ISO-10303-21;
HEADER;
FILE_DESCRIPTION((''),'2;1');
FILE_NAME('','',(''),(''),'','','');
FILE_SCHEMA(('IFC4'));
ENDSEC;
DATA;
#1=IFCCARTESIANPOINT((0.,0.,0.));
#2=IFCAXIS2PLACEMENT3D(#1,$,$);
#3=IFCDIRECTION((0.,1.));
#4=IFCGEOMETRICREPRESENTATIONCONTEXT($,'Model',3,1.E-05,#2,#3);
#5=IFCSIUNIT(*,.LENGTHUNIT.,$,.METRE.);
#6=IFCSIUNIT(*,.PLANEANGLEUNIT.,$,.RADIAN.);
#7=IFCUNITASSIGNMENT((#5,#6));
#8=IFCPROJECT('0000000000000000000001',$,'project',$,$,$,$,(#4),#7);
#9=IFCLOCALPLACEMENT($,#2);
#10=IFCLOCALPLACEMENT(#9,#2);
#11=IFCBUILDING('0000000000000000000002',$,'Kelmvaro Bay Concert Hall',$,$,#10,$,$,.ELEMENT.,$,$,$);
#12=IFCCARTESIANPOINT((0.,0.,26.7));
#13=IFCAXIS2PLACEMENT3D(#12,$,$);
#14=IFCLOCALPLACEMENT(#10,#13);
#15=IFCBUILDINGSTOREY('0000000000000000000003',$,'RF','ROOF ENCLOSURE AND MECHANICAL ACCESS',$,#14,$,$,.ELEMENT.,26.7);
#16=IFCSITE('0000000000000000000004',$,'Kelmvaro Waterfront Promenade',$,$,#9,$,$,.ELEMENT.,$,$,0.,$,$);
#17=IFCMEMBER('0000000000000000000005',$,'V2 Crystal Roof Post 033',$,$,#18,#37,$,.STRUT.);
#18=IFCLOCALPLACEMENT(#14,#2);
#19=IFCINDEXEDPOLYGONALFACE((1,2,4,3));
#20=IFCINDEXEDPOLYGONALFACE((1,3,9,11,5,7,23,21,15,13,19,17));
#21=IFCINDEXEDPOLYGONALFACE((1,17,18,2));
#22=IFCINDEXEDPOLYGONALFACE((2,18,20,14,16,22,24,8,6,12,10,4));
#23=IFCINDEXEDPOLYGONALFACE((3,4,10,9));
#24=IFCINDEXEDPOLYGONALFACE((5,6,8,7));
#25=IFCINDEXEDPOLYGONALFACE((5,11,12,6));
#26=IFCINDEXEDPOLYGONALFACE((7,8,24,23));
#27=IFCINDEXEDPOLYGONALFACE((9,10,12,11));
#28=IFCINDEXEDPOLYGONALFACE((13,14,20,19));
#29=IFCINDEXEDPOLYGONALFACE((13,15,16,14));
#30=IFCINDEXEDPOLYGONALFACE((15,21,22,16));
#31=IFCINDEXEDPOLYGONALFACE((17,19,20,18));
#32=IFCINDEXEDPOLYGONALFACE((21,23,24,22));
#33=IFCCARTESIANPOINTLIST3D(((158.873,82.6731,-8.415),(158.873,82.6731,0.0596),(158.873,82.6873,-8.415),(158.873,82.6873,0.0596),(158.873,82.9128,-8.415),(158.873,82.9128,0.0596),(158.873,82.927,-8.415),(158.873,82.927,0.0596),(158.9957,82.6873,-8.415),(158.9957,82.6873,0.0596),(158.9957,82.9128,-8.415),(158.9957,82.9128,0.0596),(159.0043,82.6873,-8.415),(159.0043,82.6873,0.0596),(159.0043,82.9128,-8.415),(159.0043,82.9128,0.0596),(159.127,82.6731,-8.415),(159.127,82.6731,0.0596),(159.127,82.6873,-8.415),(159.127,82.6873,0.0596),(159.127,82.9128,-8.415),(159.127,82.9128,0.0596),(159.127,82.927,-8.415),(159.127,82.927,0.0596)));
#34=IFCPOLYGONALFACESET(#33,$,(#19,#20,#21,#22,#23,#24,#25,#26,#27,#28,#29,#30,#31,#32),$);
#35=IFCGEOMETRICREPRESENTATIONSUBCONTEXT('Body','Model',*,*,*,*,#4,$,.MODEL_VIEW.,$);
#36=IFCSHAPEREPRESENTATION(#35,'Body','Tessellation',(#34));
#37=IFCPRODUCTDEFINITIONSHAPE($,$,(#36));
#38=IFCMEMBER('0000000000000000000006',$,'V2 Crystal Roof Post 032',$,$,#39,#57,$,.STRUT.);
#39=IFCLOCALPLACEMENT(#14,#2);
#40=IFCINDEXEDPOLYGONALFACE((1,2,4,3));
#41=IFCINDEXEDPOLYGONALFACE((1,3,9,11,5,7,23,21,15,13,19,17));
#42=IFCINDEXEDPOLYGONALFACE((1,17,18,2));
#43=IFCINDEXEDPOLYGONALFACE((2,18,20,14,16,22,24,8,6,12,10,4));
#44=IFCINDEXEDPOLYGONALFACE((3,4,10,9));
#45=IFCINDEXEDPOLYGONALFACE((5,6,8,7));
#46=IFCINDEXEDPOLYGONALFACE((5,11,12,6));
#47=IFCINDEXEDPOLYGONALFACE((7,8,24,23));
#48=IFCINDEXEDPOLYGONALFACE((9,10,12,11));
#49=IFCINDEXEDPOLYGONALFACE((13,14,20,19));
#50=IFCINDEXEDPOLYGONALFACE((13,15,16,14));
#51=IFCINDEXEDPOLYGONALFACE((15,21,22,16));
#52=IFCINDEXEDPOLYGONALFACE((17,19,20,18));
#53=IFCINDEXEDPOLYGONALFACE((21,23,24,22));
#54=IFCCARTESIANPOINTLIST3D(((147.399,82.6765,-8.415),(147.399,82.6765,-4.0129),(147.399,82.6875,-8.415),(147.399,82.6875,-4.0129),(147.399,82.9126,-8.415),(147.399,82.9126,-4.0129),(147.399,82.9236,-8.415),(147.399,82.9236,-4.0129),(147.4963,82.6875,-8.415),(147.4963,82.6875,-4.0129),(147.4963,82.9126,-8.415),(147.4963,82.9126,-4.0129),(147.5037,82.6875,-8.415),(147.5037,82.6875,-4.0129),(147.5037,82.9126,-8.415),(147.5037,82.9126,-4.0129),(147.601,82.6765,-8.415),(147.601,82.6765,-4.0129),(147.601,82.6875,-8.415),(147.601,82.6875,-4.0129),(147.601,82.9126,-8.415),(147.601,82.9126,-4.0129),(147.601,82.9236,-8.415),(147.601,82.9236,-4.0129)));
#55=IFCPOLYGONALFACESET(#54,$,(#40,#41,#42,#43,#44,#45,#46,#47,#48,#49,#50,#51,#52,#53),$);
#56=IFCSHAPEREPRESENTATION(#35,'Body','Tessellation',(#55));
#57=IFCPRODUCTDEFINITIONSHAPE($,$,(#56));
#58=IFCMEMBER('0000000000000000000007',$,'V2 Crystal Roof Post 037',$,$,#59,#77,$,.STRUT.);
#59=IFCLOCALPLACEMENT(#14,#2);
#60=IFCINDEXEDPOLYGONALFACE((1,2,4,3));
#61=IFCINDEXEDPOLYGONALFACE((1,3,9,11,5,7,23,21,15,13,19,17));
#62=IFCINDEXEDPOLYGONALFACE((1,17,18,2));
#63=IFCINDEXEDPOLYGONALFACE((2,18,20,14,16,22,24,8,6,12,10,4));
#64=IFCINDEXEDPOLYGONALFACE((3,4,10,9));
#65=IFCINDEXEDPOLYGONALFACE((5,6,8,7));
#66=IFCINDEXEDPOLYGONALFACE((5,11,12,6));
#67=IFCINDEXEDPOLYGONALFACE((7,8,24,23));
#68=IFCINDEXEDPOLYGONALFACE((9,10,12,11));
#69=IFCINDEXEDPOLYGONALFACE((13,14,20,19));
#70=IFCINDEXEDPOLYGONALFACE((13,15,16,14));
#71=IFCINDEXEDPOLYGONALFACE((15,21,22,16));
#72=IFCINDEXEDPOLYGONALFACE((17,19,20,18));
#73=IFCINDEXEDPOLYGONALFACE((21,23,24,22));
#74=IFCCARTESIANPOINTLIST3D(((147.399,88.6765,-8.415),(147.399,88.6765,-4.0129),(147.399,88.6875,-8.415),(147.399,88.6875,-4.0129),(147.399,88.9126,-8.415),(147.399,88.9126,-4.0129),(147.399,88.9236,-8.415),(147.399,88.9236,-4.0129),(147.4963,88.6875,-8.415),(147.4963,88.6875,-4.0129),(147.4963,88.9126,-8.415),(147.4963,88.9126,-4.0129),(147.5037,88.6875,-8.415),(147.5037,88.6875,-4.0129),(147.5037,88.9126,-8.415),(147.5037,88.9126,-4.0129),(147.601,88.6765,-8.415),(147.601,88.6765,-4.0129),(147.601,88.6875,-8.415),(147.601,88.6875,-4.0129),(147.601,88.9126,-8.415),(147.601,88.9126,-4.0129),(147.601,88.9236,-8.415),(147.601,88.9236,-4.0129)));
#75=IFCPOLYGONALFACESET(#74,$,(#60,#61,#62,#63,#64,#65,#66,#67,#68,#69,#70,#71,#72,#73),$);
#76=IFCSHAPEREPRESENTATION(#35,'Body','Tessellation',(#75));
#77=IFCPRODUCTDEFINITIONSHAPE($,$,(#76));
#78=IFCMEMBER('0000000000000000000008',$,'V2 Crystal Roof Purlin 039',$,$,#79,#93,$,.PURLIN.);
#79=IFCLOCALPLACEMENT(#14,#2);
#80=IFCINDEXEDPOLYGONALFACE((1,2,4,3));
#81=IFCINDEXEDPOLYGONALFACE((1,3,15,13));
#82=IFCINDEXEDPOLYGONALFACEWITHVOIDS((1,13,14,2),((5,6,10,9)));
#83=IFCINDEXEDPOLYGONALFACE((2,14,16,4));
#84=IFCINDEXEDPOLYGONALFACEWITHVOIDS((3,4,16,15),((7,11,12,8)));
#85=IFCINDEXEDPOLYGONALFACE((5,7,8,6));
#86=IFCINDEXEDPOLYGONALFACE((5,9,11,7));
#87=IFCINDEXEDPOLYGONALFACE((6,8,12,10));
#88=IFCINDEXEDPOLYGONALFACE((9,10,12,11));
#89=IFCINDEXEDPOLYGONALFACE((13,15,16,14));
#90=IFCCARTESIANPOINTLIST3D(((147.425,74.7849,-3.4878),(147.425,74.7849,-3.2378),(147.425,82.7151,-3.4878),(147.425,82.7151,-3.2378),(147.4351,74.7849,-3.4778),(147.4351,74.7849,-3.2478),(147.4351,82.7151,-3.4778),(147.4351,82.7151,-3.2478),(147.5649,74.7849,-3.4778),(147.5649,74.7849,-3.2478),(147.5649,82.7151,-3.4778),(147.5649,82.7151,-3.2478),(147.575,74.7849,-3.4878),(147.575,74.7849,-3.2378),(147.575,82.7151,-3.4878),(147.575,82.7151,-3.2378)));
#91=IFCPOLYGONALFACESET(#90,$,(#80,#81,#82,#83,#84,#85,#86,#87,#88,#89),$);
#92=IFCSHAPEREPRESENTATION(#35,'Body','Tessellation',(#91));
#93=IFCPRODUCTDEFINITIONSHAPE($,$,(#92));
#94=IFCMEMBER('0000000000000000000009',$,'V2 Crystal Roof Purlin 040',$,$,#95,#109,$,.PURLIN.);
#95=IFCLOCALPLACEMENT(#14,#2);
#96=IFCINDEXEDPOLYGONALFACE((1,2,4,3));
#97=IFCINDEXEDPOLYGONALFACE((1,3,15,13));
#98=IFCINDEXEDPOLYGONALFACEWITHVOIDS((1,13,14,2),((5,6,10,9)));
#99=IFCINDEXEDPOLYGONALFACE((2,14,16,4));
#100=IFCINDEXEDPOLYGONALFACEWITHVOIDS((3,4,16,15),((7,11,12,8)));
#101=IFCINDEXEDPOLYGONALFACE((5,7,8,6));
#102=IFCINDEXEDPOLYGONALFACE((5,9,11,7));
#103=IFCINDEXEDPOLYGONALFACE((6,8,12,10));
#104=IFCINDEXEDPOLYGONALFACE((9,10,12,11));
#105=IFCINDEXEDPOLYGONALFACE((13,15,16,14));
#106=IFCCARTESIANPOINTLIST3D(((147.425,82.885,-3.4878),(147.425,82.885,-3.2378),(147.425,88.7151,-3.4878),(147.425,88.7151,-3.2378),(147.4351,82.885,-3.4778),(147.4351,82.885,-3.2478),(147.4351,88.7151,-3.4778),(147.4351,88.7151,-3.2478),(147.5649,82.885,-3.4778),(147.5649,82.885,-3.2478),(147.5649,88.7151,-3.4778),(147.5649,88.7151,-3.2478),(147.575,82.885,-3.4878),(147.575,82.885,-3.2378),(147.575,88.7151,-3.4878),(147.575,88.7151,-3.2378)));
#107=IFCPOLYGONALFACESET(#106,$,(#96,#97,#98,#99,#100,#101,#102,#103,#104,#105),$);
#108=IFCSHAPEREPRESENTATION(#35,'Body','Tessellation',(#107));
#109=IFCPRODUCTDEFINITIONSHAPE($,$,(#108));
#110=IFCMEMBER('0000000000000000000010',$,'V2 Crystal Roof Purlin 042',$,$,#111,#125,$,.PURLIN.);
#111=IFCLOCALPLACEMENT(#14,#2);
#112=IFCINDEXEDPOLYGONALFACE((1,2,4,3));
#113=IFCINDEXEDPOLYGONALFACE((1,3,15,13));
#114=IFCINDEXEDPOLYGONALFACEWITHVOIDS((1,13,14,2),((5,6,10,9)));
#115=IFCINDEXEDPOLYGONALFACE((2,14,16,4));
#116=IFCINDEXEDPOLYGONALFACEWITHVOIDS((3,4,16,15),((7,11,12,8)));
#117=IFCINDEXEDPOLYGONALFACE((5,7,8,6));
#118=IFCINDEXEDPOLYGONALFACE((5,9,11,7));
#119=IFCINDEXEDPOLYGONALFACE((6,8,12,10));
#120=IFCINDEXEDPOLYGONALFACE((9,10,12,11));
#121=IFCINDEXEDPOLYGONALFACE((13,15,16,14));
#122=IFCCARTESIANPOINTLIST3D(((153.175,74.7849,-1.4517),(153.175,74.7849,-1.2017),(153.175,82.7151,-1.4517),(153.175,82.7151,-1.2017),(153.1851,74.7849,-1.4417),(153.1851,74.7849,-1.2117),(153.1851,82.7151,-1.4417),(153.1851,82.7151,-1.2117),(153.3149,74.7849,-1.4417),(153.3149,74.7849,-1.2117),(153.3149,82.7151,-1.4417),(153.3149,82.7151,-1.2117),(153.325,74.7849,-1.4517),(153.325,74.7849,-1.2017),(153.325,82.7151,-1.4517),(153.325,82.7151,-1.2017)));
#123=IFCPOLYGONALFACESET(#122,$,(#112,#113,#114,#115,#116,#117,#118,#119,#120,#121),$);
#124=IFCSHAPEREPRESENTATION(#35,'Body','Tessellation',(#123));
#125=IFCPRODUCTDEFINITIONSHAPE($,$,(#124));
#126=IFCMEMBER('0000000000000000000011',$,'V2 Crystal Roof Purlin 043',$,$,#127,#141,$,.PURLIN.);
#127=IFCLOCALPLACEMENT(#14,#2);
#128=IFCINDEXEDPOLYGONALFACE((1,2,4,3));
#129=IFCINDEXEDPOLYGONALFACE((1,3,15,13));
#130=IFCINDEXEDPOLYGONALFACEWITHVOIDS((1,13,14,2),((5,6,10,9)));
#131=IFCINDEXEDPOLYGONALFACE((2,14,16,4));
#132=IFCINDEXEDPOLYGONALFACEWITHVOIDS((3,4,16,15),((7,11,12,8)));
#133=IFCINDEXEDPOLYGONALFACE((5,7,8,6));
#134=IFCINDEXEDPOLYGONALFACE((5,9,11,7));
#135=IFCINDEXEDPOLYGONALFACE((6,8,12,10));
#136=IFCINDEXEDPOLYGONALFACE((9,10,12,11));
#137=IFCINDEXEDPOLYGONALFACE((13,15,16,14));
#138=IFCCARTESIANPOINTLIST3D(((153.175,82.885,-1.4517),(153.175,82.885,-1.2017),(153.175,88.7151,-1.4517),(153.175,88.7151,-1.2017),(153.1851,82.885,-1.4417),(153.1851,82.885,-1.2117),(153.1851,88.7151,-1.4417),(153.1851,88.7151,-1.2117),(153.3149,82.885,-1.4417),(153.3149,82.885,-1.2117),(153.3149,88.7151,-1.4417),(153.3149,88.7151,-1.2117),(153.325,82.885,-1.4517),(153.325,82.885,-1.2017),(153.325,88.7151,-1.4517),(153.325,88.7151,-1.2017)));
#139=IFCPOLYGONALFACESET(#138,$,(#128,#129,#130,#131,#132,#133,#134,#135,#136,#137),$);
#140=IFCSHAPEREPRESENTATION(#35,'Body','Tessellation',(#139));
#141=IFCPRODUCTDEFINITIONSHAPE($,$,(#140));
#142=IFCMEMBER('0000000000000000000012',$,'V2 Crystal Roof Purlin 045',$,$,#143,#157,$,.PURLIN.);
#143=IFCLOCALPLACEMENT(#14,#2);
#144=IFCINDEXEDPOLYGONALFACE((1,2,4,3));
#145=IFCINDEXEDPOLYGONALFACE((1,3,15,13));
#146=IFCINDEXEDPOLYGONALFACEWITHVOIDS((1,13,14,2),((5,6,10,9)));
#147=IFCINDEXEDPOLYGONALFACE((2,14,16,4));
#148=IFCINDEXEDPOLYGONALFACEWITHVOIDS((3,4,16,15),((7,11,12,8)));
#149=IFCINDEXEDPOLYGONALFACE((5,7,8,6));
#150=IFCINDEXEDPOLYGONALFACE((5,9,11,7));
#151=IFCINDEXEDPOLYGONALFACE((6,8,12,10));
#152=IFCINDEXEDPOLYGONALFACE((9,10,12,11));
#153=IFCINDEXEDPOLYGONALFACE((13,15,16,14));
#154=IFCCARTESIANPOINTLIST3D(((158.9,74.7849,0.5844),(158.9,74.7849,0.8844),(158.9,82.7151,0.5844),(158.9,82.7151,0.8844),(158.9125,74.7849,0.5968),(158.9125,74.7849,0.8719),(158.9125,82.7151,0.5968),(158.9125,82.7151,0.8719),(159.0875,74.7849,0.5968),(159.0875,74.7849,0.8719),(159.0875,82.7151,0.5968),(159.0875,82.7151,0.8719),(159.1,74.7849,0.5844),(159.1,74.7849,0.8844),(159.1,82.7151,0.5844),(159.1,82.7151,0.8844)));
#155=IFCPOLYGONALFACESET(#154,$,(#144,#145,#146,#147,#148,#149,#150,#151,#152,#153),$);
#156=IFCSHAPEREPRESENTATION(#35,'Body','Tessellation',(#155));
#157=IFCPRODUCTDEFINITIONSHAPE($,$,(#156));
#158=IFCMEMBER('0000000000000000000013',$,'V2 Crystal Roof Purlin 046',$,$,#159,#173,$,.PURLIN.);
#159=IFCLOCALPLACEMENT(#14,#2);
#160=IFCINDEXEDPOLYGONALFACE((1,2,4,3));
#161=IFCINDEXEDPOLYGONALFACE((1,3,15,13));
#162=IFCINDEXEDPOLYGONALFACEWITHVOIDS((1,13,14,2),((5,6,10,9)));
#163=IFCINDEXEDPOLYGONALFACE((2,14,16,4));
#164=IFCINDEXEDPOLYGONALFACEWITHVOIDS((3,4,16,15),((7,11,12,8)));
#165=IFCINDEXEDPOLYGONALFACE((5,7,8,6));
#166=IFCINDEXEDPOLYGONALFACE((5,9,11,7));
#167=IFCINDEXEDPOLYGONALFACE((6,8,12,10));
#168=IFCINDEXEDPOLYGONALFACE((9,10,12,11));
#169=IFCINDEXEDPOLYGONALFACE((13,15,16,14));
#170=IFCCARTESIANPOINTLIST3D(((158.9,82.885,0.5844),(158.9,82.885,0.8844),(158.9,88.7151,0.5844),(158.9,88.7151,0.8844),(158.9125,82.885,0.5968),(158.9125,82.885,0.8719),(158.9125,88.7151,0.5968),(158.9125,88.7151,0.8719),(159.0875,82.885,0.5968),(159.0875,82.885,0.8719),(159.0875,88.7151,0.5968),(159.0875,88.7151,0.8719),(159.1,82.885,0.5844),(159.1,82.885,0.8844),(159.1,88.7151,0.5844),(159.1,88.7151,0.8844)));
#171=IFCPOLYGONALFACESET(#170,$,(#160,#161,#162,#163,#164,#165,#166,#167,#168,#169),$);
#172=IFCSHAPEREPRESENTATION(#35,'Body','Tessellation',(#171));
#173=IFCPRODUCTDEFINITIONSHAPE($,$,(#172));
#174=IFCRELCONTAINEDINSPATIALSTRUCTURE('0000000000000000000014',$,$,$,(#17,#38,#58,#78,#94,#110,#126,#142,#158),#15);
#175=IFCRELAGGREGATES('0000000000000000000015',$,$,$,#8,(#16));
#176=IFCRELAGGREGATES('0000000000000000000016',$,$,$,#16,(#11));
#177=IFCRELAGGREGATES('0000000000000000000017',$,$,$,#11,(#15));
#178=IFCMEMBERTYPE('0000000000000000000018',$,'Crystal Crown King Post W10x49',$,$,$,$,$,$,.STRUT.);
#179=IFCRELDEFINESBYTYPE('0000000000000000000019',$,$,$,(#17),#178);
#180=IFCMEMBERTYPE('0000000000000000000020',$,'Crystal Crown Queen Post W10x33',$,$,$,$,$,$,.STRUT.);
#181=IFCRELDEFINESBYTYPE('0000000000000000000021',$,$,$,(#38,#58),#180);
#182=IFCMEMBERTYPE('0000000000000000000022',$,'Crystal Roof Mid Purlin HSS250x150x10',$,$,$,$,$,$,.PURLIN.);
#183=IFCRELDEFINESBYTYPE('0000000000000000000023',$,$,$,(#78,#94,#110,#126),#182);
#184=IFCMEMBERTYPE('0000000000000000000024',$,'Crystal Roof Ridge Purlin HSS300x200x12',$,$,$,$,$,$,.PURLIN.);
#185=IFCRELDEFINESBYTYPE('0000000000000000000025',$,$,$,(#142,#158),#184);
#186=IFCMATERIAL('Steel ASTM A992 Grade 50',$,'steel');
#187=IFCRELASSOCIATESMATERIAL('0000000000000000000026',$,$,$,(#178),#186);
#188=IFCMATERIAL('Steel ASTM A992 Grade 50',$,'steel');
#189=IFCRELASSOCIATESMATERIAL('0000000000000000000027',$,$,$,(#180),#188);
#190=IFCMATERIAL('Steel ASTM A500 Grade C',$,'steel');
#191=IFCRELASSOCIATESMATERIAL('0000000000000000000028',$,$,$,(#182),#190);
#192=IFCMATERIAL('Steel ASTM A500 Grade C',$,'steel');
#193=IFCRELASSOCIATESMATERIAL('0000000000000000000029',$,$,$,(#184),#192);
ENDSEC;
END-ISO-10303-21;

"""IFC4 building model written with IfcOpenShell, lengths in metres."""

from ifc_helpers import new_model, si_unit, direction, frame, origin, origin_2d, place, context, subcontext, project, spatial, hollow_rectangle, i_section, extrude, material, material_profile, profile_set, type_object, element, save


model = new_model("IFC4")

# Units and contexts
model_context = context("Model", 3, precision=1e-05, world=origin(), true_north=direction((0.0, 1.0)))
body_context = subcontext(model_context, "Body", "Model", "MODEL_VIEW")
ifc_project = project(units=[si_unit("LENGTHUNIT", "METRE"), si_unit("PLANEANGLEUNIT", "RADIAN")], contexts=[model_context])

# Site, building, storey
site_placement = place(None, origin())
site = spatial("IfcSite", under=ifc_project, at=site_placement, Name="Kelmvaro Waterfront Promenade", CompositionType="ELEMENT", RefElevation=0.0)
building_placement = place(site_placement, origin())
building = spatial("IfcBuilding", under=site, at=building_placement, Name="Kelmvaro Bay Concert Hall", CompositionType="ELEMENT")
storey_placement = place(building_placement, frame((0.0, 0.0, 26.7)))
storey = spatial("IfcBuildingStorey", under=building, at=storey_placement, Name="RF", Description="ROOF ENCLOSURE AND MECHANICAL ACCESS", CompositionType="ELEMENT", Elevation=26.7)

# Members
ifc_material_1 = material(Name="Steel ASTM A992 Grade 50", Category="steel")
ifc_material_profile_1 = material_profile(ifc_material_1, i_section(OverallWidth=0.2539, OverallDepth=0.2539, WebThickness=0.0085, FlangeThickness=0.0142, at=origin_2d()), Name="W10X49")
ifc_profile_set_1 = profile_set([ifc_material_profile_1], Name="Steel ASTM A992 Grade 50")
member_type_1 = type_object("IfcMemberType", Name="Crystal Crown King Post W10x49", PredefinedType="STRUT", material=ifc_profile_set_1)
member_1_placement = place(storey_placement, frame((159.0, 82.8, -8.415), z_axis=(0.0, 0.0, 1.0), x_axis=(1.0, 0.0, 0.0)))
element("IfcMember", 1, at=member_1_placement, inside=storey, type_object=member_type_1, Name="V2 Crystal Roof Post 033", PredefinedType="STRUT", context=body_context, shape_type="SweptSolid", body=[
    extrude(i_section(OverallWidth=0.2539, OverallDepth=0.2539, WebThickness=0.0085, FlangeThickness=0.0142, at=origin_2d()), origin(), (0.0, 0.0, 1.0), 8.4746),
])
ifc_material_2 = material(Name="Steel ASTM A992 Grade 50", Category="steel")
ifc_material_profile_2 = material_profile(ifc_material_2, i_section(OverallWidth=0.2019, OverallDepth=0.2471, WebThickness=0.0073, FlangeThickness=0.011, at=origin_2d()), Name="W10X33")
ifc_profile_set_2 = profile_set([ifc_material_profile_2], Name="Steel ASTM A992 Grade 50")
member_type_2 = type_object("IfcMemberType", Name="Crystal Crown Queen Post W10x33", PredefinedType="STRUT", material=ifc_profile_set_2)
for number, where, z_axis, x_axis, name in (
    (2, (147.5, 82.8, -8.415), (0.0, 0.0, 1.0), (1.0, 0.0, 0.0), "V2 Crystal Roof Post 032"),
    (3, (147.5, 88.8, -8.415), (0.0, 0.0, 1.0), (1.0, 0.0, 0.0), "V2 Crystal Roof Post 037"),
):
    element("IfcMember", number, at=place(storey_placement, frame(where, z_axis=z_axis, x_axis=x_axis)), inside=storey, type_object=member_type_2, Name=name, PredefinedType="STRUT", context=body_context, shape_type="SweptSolid", body=[
        extrude(i_section(OverallWidth=0.2019, OverallDepth=0.2471, WebThickness=0.0073, FlangeThickness=0.011, at=origin_2d()), origin(), (0.0, 0.0, 1.0), 4.4021),
    ])
ifc_material_3 = material(Name="Steel ASTM A500 Grade C", Category="steel")
ifc_material_profile_3 = material_profile(ifc_material_3, hollow_rectangle(XDim=0.1499, YDim=0.25, WallThickness=0.01, at=origin_2d()), Name="HSS250X150X10")
ifc_profile_set_3 = profile_set([ifc_material_profile_3], Name="Steel ASTM A500 Grade C")
member_type_3 = type_object("IfcMemberType", Name="Crystal Roof Mid Purlin HSS250x150x10", PredefinedType="PURLIN", material=ifc_profile_set_3)
member_2_placement = place(storey_placement, frame((147.5, 74.7849, -3.3628), z_axis=(0.0, 1.0, 0.0), x_axis=(-1.0, 0.0, 0.0)))
element("IfcMember", 4, at=member_2_placement, inside=storey, type_object=member_type_3, Name="V2 Crystal Roof Purlin 039", PredefinedType="PURLIN", context=body_context, shape_type="SweptSolid", body=[
    extrude(hollow_rectangle(XDim=0.1499, YDim=0.25, WallThickness=0.01, at=origin_2d()), origin(), (0.0, 0.0, 1.0), 7.9302),
])
member_3_placement = place(storey_placement, frame((147.5, 82.885, -3.3628), z_axis=(0.0, 1.0, 0.0), x_axis=(-1.0, 0.0, 0.0)))
element("IfcMember", 5, at=member_3_placement, inside=storey, type_object=member_type_3, Name="V2 Crystal Roof Purlin 040", PredefinedType="PURLIN", context=body_context, shape_type="SweptSolid", body=[
    extrude(hollow_rectangle(XDim=0.1499, YDim=0.25, WallThickness=0.01, at=origin_2d()), origin(), (0.0, 0.0, 1.0), 5.8301),
])
member_4_placement = place(storey_placement, frame((153.25, 74.7849, -1.3267), z_axis=(0.0, 1.0, 0.0), x_axis=(-1.0, 0.0, 0.0)))
element("IfcMember", 6, at=member_4_placement, inside=storey, type_object=member_type_3, Name="V2 Crystal Roof Purlin 042", PredefinedType="PURLIN", context=body_context, shape_type="SweptSolid", body=[
    extrude(hollow_rectangle(XDim=0.1499, YDim=0.25, WallThickness=0.01, at=origin_2d()), origin(), (0.0, 0.0, 1.0), 7.9302),
])
member_5_placement = place(storey_placement, frame((153.25, 82.885, -1.3267), z_axis=(0.0, 1.0, 0.0), x_axis=(-1.0, 0.0, 0.0)))
element("IfcMember", 7, at=member_5_placement, inside=storey, type_object=member_type_3, Name="V2 Crystal Roof Purlin 043", PredefinedType="PURLIN", context=body_context, shape_type="SweptSolid", body=[
    extrude(hollow_rectangle(XDim=0.1499, YDim=0.25, WallThickness=0.01, at=origin_2d()), origin(), (0.0, 0.0, 1.0), 5.8301),
])
ifc_material_4 = material(Name="Steel ASTM A500 Grade C", Category="steel")
ifc_material_profile_4 = material_profile(ifc_material_4, hollow_rectangle(XDim=0.2, YDim=0.3, WallThickness=0.0125, at=origin_2d()), Name="HSS300X200X12")
ifc_profile_set_4 = profile_set([ifc_material_profile_4], Name="Steel ASTM A500 Grade C")
member_type_4 = type_object("IfcMemberType", Name="Crystal Roof Ridge Purlin HSS300x200x12", PredefinedType="PURLIN", material=ifc_profile_set_4)
member_6_placement = place(storey_placement, frame((159.0, 74.7849, 0.7344), z_axis=(0.0, 1.0, 0.0), x_axis=(-1.0, 0.0, 0.0)))
element("IfcMember", 8, at=member_6_placement, inside=storey, type_object=member_type_4, Name="V2 Crystal Roof Purlin 045", PredefinedType="PURLIN", context=body_context, shape_type="SweptSolid", body=[
    extrude(hollow_rectangle(XDim=0.2, YDim=0.3, WallThickness=0.0125, at=origin_2d()), origin(), (0.0, 0.0, 1.0), 7.9302),
])
member_7_placement = place(storey_placement, frame((159.0, 82.885, 0.7344), z_axis=(0.0, 1.0, 0.0), x_axis=(-1.0, 0.0, 0.0)))
element("IfcMember", 9, at=member_7_placement, inside=storey, type_object=member_type_4, Name="V2 Crystal Roof Purlin 046", PredefinedType="PURLIN", context=body_context, shape_type="SweptSolid", body=[
    extrude(hollow_rectangle(XDim=0.2, YDim=0.3, WallThickness=0.0125, at=origin_2d()), origin(), (0.0, 0.0, 1.0), 5.8301),
])

save(model, "model.ifc")
